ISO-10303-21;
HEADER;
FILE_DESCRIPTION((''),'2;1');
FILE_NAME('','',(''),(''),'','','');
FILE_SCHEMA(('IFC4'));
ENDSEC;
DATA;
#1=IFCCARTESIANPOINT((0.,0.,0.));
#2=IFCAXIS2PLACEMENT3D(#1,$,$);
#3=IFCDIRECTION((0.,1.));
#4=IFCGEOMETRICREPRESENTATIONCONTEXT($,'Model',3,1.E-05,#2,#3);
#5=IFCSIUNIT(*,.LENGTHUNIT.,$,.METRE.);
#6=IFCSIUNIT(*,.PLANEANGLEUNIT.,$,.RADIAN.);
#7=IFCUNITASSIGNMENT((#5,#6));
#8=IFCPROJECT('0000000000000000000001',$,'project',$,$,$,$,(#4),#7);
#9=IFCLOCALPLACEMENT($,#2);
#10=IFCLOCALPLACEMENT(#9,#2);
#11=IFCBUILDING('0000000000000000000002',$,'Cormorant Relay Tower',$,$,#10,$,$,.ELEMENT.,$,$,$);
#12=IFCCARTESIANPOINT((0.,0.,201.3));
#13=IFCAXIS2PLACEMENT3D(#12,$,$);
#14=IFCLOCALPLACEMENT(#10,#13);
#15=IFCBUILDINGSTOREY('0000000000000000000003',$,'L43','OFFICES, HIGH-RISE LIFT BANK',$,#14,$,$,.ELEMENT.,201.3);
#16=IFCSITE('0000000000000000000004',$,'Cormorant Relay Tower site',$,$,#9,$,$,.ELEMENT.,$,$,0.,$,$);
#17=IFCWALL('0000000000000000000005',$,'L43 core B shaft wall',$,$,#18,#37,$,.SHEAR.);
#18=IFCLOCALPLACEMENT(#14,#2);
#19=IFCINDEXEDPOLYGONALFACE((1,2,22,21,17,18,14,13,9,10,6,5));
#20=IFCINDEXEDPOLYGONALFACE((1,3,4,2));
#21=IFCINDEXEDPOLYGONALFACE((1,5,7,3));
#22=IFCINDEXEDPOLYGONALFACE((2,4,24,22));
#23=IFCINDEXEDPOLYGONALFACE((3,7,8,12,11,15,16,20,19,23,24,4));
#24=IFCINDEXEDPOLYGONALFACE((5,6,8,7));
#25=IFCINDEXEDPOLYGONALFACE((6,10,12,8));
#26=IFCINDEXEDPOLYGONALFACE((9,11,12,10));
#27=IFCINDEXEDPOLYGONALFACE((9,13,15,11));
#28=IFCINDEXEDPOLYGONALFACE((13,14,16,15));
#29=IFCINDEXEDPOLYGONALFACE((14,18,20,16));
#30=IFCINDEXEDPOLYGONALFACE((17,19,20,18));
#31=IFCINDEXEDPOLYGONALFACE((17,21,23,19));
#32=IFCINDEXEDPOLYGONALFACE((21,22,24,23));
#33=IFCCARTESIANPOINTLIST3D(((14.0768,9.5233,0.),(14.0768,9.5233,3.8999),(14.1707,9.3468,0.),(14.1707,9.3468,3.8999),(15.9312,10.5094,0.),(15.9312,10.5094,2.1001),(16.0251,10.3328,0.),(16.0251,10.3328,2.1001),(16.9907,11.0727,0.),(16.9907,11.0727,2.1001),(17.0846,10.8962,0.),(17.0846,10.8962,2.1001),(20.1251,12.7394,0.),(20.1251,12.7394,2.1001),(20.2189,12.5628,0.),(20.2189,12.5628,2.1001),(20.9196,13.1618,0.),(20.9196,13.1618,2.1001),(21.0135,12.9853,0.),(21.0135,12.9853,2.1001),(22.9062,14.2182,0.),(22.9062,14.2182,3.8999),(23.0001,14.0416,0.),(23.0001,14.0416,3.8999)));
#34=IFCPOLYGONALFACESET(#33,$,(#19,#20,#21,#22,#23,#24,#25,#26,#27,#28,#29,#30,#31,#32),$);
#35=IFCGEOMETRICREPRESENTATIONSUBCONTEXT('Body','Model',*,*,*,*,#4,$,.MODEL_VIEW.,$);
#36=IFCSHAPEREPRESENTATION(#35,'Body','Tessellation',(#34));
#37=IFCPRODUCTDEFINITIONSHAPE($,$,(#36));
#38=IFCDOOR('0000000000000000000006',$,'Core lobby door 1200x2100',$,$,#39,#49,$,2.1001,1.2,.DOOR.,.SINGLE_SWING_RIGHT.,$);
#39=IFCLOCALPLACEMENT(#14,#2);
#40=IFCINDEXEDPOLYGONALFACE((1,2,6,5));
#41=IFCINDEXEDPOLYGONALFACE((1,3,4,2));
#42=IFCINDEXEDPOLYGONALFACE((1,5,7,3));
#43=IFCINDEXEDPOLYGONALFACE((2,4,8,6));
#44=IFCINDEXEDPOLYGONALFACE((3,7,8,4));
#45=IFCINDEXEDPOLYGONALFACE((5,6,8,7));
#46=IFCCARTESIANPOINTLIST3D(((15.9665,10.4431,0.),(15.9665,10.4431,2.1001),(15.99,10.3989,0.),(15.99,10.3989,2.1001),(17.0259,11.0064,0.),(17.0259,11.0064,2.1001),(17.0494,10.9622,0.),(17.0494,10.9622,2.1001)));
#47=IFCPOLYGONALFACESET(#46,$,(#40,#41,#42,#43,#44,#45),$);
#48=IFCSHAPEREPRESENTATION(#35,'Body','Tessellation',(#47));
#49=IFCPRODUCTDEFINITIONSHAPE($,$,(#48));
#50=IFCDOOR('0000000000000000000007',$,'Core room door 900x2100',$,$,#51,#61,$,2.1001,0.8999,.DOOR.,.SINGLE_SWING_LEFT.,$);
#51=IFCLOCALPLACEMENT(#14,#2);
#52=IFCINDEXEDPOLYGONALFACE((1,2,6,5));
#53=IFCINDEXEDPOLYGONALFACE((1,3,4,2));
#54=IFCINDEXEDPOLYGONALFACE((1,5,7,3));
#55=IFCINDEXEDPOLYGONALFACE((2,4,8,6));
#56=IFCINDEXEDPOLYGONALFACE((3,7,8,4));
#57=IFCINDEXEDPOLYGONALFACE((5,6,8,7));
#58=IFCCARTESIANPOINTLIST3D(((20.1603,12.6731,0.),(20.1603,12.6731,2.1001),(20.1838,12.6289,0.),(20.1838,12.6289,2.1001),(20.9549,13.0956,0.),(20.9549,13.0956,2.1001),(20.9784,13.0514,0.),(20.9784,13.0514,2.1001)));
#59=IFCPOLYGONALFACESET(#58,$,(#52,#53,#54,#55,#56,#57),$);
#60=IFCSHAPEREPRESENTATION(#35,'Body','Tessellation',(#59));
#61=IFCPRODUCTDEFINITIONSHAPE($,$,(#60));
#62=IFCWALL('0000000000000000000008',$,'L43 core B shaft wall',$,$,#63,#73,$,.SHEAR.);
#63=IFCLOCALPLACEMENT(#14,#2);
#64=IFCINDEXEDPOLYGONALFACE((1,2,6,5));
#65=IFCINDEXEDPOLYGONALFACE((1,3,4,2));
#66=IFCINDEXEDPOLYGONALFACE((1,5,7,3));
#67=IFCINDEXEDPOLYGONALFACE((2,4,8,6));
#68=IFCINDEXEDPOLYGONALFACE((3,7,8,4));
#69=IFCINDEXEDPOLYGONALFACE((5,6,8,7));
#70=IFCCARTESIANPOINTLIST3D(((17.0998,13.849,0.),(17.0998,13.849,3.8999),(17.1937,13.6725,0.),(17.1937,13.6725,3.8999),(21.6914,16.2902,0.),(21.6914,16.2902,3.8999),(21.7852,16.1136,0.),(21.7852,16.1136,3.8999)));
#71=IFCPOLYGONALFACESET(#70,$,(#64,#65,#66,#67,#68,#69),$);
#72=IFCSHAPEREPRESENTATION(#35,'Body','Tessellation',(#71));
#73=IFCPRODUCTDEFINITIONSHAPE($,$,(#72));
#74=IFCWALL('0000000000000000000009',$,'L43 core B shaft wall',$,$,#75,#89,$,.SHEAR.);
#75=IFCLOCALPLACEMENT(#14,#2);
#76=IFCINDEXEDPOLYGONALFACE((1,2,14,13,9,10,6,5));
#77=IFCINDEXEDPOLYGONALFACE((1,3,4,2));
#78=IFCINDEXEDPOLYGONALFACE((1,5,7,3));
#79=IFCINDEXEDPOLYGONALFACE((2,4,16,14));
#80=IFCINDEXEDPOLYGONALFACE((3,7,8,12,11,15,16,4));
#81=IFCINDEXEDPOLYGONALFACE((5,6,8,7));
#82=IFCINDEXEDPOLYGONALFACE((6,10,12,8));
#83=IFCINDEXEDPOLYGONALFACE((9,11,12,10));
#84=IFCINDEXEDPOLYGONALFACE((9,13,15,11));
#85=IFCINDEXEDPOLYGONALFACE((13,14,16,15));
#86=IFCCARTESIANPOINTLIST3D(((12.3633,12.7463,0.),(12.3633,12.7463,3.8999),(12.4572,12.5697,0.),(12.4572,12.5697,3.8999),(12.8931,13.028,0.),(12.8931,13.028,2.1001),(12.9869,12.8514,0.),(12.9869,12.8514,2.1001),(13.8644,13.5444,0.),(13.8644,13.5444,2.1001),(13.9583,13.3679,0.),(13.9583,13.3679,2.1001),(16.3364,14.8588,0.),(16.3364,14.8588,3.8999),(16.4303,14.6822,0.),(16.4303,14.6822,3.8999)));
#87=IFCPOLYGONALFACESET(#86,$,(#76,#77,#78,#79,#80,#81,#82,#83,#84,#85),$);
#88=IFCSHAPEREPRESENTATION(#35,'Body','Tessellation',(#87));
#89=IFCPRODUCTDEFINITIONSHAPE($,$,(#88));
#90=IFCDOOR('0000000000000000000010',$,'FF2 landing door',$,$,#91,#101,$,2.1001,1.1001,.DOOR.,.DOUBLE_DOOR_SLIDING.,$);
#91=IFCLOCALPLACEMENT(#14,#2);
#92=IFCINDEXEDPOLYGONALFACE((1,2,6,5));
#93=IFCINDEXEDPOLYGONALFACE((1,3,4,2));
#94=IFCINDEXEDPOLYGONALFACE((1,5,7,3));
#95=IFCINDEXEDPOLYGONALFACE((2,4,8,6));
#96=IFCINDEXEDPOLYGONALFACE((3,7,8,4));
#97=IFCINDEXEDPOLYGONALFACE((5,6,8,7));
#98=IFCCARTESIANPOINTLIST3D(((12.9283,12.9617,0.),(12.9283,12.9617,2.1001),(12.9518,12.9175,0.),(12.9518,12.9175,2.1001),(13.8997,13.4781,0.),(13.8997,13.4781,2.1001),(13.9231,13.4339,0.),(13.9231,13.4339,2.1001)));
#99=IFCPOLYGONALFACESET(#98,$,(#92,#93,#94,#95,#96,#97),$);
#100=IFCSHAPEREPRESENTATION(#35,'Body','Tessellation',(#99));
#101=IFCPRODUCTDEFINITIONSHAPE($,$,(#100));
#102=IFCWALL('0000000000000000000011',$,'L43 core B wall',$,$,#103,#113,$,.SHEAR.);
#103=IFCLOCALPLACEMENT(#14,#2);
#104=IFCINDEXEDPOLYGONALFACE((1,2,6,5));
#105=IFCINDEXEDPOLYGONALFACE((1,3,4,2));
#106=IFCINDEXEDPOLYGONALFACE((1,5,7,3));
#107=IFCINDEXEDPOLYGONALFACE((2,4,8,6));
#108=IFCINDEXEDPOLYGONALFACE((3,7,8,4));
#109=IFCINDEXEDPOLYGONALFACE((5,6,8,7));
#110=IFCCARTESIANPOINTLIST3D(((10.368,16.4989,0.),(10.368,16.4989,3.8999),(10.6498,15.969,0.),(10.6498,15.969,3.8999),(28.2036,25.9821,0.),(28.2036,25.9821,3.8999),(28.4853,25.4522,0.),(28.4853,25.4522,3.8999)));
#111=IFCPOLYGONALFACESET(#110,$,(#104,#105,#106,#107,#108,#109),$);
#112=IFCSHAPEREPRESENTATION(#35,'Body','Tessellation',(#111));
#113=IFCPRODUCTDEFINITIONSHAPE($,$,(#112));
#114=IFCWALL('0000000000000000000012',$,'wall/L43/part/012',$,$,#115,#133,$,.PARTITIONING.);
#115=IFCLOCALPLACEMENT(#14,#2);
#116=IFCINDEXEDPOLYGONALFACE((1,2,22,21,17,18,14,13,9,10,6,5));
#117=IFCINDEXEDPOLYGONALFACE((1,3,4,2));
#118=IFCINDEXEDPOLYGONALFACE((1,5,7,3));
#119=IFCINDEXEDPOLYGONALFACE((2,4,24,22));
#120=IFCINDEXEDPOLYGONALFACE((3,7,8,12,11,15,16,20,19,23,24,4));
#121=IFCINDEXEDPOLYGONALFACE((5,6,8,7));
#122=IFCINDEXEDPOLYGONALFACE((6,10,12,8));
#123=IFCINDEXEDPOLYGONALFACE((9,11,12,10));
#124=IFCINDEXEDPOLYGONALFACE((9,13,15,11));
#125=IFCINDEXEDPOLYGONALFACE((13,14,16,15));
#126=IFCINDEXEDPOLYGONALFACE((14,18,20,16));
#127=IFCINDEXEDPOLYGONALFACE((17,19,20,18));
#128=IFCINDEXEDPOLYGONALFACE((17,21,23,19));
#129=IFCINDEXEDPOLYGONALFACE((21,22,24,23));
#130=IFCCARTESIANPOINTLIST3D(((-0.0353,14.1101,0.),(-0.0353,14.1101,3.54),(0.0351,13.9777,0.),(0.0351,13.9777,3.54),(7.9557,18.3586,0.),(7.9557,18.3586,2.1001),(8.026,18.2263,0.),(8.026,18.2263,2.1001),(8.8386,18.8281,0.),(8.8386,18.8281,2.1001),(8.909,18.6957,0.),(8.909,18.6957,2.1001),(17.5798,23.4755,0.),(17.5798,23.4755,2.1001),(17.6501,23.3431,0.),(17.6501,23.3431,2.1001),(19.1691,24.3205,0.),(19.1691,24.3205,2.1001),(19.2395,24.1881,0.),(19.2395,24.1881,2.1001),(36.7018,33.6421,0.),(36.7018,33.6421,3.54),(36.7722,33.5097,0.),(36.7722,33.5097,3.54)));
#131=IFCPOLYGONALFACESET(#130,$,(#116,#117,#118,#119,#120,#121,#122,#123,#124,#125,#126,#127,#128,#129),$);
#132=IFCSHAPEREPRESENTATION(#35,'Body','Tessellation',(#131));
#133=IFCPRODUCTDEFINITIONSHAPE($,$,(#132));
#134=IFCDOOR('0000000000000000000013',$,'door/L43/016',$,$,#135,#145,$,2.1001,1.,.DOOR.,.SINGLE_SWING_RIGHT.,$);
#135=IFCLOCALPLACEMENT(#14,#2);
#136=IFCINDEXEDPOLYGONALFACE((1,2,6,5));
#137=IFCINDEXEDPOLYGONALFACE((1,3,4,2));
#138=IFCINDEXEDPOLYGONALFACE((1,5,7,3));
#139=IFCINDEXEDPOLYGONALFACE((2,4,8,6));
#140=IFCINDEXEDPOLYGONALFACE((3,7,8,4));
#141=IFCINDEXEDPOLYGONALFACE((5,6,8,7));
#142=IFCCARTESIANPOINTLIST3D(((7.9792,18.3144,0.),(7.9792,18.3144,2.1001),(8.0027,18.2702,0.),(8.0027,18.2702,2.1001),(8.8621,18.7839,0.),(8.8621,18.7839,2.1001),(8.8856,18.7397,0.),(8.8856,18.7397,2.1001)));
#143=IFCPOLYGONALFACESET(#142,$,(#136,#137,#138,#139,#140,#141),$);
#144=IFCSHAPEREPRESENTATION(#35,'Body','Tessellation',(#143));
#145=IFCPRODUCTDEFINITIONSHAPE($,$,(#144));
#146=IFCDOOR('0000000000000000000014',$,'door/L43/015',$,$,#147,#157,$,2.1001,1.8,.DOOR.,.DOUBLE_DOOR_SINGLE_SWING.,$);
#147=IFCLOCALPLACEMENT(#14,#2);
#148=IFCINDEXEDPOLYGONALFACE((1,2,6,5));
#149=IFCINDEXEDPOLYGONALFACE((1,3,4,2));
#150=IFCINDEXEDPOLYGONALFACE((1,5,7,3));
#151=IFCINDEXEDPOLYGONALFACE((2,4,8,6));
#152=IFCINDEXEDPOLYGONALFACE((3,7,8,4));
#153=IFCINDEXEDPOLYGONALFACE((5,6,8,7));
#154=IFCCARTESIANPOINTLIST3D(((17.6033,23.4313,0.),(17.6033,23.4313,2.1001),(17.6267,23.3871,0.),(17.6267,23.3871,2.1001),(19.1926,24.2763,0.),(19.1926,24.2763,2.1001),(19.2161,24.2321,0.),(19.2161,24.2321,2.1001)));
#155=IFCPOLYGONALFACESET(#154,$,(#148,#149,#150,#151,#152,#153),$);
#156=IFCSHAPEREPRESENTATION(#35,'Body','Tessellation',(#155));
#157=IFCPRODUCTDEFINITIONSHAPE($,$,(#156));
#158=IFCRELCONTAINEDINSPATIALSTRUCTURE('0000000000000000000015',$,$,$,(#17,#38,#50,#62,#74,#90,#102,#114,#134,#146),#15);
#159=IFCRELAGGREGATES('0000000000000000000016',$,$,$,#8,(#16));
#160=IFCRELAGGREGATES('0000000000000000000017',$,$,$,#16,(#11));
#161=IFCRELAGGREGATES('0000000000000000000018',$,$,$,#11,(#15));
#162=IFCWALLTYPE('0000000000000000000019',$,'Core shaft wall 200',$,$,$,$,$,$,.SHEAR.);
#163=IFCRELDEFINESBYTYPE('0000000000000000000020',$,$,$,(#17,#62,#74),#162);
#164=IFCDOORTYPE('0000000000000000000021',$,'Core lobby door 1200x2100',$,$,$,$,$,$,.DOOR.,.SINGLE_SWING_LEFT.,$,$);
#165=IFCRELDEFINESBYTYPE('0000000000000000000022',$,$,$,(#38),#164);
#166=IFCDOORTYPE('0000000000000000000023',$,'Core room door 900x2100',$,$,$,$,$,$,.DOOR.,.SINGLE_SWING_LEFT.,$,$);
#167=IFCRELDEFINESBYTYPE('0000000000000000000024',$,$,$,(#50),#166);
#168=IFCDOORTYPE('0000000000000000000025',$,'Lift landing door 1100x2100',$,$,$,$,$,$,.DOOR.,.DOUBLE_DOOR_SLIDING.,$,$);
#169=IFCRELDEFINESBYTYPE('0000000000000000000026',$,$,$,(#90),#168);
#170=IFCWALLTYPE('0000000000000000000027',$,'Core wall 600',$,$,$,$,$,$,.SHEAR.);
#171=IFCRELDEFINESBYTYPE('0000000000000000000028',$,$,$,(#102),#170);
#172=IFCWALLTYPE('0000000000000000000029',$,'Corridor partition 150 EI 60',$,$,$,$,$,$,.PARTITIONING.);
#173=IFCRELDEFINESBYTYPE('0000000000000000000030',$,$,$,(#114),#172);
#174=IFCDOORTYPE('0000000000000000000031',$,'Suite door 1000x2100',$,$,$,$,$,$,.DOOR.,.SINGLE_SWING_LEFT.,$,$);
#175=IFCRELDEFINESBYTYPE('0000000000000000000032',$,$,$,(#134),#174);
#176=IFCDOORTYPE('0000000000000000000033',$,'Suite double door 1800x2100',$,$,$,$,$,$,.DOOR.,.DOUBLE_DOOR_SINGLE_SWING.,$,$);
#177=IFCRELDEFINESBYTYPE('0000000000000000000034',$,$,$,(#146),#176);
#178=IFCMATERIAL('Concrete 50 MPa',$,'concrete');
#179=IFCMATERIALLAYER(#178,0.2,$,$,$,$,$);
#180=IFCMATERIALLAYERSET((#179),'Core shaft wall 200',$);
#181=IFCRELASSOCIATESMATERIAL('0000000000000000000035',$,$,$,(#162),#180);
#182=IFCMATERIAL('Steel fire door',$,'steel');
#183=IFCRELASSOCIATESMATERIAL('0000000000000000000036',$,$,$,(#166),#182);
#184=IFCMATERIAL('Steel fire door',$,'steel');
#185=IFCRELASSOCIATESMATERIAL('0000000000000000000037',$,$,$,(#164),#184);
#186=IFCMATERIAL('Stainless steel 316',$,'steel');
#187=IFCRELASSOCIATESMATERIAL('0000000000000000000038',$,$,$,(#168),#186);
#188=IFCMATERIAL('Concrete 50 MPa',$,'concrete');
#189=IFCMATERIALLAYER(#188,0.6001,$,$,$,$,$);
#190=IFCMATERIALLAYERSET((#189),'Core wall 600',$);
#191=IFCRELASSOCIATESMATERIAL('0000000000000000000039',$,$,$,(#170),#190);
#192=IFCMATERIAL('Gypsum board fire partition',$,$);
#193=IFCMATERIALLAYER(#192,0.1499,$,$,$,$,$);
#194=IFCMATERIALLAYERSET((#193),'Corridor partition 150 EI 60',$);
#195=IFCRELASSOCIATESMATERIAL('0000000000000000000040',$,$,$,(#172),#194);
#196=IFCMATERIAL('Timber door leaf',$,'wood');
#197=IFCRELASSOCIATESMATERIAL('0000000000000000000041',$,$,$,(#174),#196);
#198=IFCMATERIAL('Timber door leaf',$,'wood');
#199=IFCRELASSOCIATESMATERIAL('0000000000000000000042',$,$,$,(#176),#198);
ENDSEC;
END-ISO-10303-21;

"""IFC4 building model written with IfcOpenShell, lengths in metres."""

from ifc_helpers import new_model, si_unit, direction, frame, frame_2d, origin, place, context, subcontext, project, spatial, rectangle, extrude, material, layer, layer_set, type_object, element, fill, save


model = new_model("IFC4")

# Units and contexts
model_context = context("Model", 3, precision=1e-05, world=origin(), true_north=direction((0.0, 1.0)))
body_context = subcontext(model_context, "Body", "Model", "MODEL_VIEW")
ifc_project = project(units=[si_unit("LENGTHUNIT", "METRE"), si_unit("PLANEANGLEUNIT", "RADIAN")], contexts=[model_context])

# Site, building, storey
site_placement = place(None, origin())
site = spatial("IfcSite", under=ifc_project, at=site_placement, Name="Cormorant Relay Tower site", CompositionType="ELEMENT", RefElevation=0.0)
building_placement = place(site_placement, origin())
building = spatial("IfcBuilding", under=site, at=building_placement, Name="Cormorant Relay Tower", CompositionType="ELEMENT")
storey_placement = place(building_placement, frame((0.0, 0.0, 201.3)))
storey = spatial("IfcBuildingStorey", under=building, at=storey_placement, Name="L43", Description="OFFICES, HIGH-RISE LIFT BANK", CompositionType="ELEMENT", Elevation=201.3)

# Shared definitions
ifc_material_1 = material(Name="Concrete 50 MPa", Category="concrete")
ifc_layer_1 = layer(ifc_material_1, 0.2)
ifc_layer_set_1 = layer_set([ifc_layer_1], Name="Core shaft wall 200")
wall_type_1 = type_object("IfcWallType", Name="Core shaft wall 200", PredefinedType="SHEAR", material=ifc_layer_set_1)

# Shared definitions
ifc_material_2 = material(Name="Steel fire door", Category="steel")
door_type_1 = type_object("IfcDoorType", Name="Core room door 900x2100", OperationType="SINGLE_SWING_LEFT", PredefinedType="DOOR", material=ifc_material_2)

# Wall, openings, doors
wall_1_placement = place(storey_placement, frame((14.1238, 9.4351, 0.0), z_axis=(0.0, 0.0, 1.0), x_axis=(0.88294, 0.469485, 0.0)))
wall_1 = element("IfcWall", 1, at=wall_1_placement, inside=storey, type_object=wall_type_1, Name="L43 core B shaft wall", PredefinedType="SHEAR", context=body_context, shape_type="SweptSolid", body=[
    extrude(rectangle(XDim=10.0, YDim=0.2, at=frame_2d((5.0, 0.0))), origin(), (0.0, 0.0, 1.0), 3.8999),
])
opening_1_placement = place(wall_1_placement, frame((2.1001, 0.0, 0.0)))
opening_1 = element("IfcOpeningElement", 2, at=opening_1_placement, cuts=wall_1, PredefinedType="OPENING", context=body_context, shape_type="SweptSolid", body=[
    extrude(rectangle(XDim=1.2, YDim=2.1001, at=frame_2d((0.6001, 1.05))), frame((0.0, 0.1099, 0.0), z_axis=(0.0, -1.0, 0.0), x_axis=(1.0, 0.0, 0.0)), (0.0, 0.0, 1.0), 0.22),
])
opening_2_placement = place(wall_1_placement, frame((6.8501, 0.0, 0.0)))
opening_2 = element("IfcOpeningElement", 3, at=opening_2_placement, cuts=wall_1, PredefinedType="OPENING", context=body_context, shape_type="SweptSolid", body=[
    extrude(rectangle(XDim=0.8999, YDim=2.1001, at=frame_2d((0.45, 1.05))), frame((0.0, 0.1099, 0.0), z_axis=(0.0, -1.0, 0.0), x_axis=(1.0, 0.0, 0.0)), (0.0, 0.0, 1.0), 0.22),
])
ifc_material_3 = material(Name="Steel fire door", Category="steel")
door_type_2 = type_object("IfcDoorType", Name="Core lobby door 1200x2100", OperationType="SINGLE_SWING_LEFT", PredefinedType="DOOR", material=ifc_material_3)
door_1_placement = place(opening_1_placement, origin())
door_1 = element("IfcDoor", 4, at=door_1_placement, inside=storey, type_object=door_type_2, Name="Core lobby door 1200x2100", OperationType="SINGLE_SWING_RIGHT", OverallHeight=2.1001, OverallWidth=1.2, PredefinedType="DOOR", context=body_context, shape_type="SweptSolid", body=[
    extrude(rectangle(XDim=1.2, YDim=2.1001, at=frame_2d((0.6001, 1.05))), frame((0.0, 0.0249, 0.0), z_axis=(0.0, -1.0, 0.0), x_axis=(1.0, 0.0, 0.0)), (0.0, 0.0, 1.0), 0.05),
])
fill(opening_1, door_1)
door_2_placement = place(opening_2_placement, origin())
door_2 = element("IfcDoor", 5, at=door_2_placement, inside=storey, type_object=door_type_1, Name="Core room door 900x2100", OperationType="SINGLE_SWING_LEFT", OverallHeight=2.1001, OverallWidth=0.8999, PredefinedType="DOOR", context=body_context, shape_type="SweptSolid", body=[
    extrude(rectangle(XDim=0.8999, YDim=2.1001, at=frame_2d((0.45, 1.05))), frame((0.0, 0.0249, 0.0), z_axis=(0.0, -1.0, 0.0), x_axis=(1.0, 0.0, 0.0)), (0.0, 0.0, 1.0), 0.05),
])
fill(opening_2, door_2)

# Wall
wall_2_placement = place(storey_placement, frame((17.1467, 13.7607, 0.0), z_axis=(0.0, 0.0, 1.0), x_axis=(0.882964, 0.46944, 0.0)))
element("IfcWall", 6, at=wall_2_placement, inside=storey, type_object=wall_type_1, Name="L43 core B shaft wall", PredefinedType="SHEAR", context=body_context, shape_type="SweptSolid", body=[
    extrude(rectangle(XDim=5.2002, YDim=0.2, at=frame_2d((2.6001, 0.0))), origin(), (0.0, 0.0, 1.0), 3.8999),
])

# Wall, opening, door
wall_3_placement = place(storey_placement, frame((12.4102, 12.658, 0.0), z_axis=(0.0, 0.0, 1.0), x_axis=(0.882948, 0.46947, 0.0)))
wall_3 = element("IfcWall", 7, at=wall_3_placement, inside=storey, type_object=wall_type_1, Name="L43 core B shaft wall", PredefinedType="SHEAR", context=body_context, shape_type="SweptSolid", body=[
    extrude(rectangle(XDim=4.4998, YDim=0.2, at=frame_2d((2.25, 0.0))), origin(), (0.0, 0.0, 1.0), 3.8999),
])
opening_3_placement = place(wall_3_placement, frame((0.6001, 0.0, 0.0)))
opening_3 = element("IfcOpeningElement", 8, at=opening_3_placement, cuts=wall_3, PredefinedType="OPENING", context=body_context, shape_type="SweptSolid", body=[
    extrude(rectangle(XDim=1.1001, YDim=2.1001, at=frame_2d((0.55, 1.05))), frame((0.0, 0.1099, 0.0), z_axis=(0.0, -1.0, 0.0), x_axis=(1.0, 0.0, 0.0)), (0.0, 0.0, 1.0), 0.22),
])
ifc_material_4 = material(Name="Stainless steel 316", Category="steel")
door_type_3 = type_object("IfcDoorType", Name="Lift landing door 1100x2100", OperationType="DOUBLE_DOOR_SLIDING", PredefinedType="DOOR", material=ifc_material_4)
door_3_placement = place(opening_3_placement, origin())
door_3 = element("IfcDoor", 9, at=door_3_placement, inside=storey, type_object=door_type_3, Name="FF2 landing door", OperationType="DOUBLE_DOOR_SLIDING", OverallHeight=2.1001, OverallWidth=1.1001, PredefinedType="DOOR", context=body_context, shape_type="SweptSolid", body=[
    extrude(rectangle(XDim=1.1001, YDim=2.1001, at=frame_2d((0.55, 1.05))), frame((0.0, 0.0249, 0.0), z_axis=(0.0, -1.0, 0.0), x_axis=(1.0, 0.0, 0.0)), (0.0, 0.0, 1.0), 0.05),
])
fill(opening_3, door_3)

# Wall
ifc_material_5 = material(Name="Concrete 50 MPa", Category="concrete")
ifc_layer_2 = layer(ifc_material_5, 0.6001)
ifc_layer_set_2 = layer_set([ifc_layer_2], Name="Core wall 600")
wall_type_2 = type_object("IfcWallType", Name="Core wall 600", PredefinedType="SHEAR", material=ifc_layer_set_2)
wall_4_placement = place(storey_placement, frame((10.5088, 16.2339, 0.0), z_axis=(0.0, 0.0, 1.0), x_axis=(0.88295, 0.469467, 0.0)))
element("IfcWall", 10, at=wall_4_placement, inside=storey, type_object=wall_type_2, Name="L43 core B wall", PredefinedType="SHEAR", context=body_context, shape_type="SweptSolid", body=[
    extrude(rectangle(XDim=20.2, YDim=0.6001, at=frame_2d((10.1001, 0.0))), origin(), (0.0, 0.0, 1.0), 3.8999),
])

# Wall, openings, doors
ifc_material_6 = material(Name="Gypsum board fire partition")
ifc_layer_3 = layer(ifc_material_6, 0.1499)
ifc_layer_set_3 = layer_set([ifc_layer_3], Name="Corridor partition 150 EI 60")
wall_type_3 = type_object("IfcWallType", Name="Corridor partition 150 EI 60", PredefinedType="PARTITIONING", material=ifc_layer_set_3)
wall_5_placement = place(storey_placement, frame((0.0, 14.0439, 0.0), z_axis=(0.0, 0.0, 1.0), x_axis=(0.882962, 0.469444, 0.0)))
wall_5 = element("IfcWall", 11, at=wall_5_placement, inside=storey, type_object=wall_type_3, Name="wall/L43/part/012", PredefinedType="PARTITIONING", context=body_context, shape_type="SweptSolid", body=[
    extrude(rectangle(XDim=41.6067, YDim=0.1499, at=frame_2d((20.8032, 0.0))), origin(), (0.0, 0.0, 1.0), 3.54),
])
opening_4_placement = place(wall_5_placement, frame((19.95, 0.0, 0.0)))
opening_4 = element("IfcOpeningElement", 12, at=opening_4_placement, cuts=wall_5, PredefinedType="OPENING", context=body_context, shape_type="SweptSolid", body=[
    extrude(rectangle(XDim=1.8, YDim=2.1001, at=frame_2d((0.8999, 1.05))), frame((0.0, 0.085, 0.0), z_axis=(0.0, -1.0, 0.0), x_axis=(1.0, 0.0, 0.0)), (0.0, 0.0, 1.0), 0.1699),
])
opening_5_placement = place(wall_5_placement, frame((9.05, 0.0, 0.0)))
opening_5 = element("IfcOpeningElement", 13, at=opening_5_placement, cuts=wall_5, PredefinedType="OPENING", context=body_context, shape_type="SweptSolid", body=[
    extrude(rectangle(XDim=1.0, YDim=2.1001, at=frame_2d((0.5, 1.05))), frame((0.0, 0.085, 0.0), z_axis=(0.0, -1.0, 0.0), x_axis=(1.0, 0.0, 0.0)), (0.0, 0.0, 1.0), 0.1699),
])
ifc_material_7 = material(Name="Timber door leaf", Category="wood")
door_type_4 = type_object("IfcDoorType", Name="Suite door 1000x2100", OperationType="SINGLE_SWING_LEFT", PredefinedType="DOOR", material=ifc_material_7)
door_4_placement = place(opening_5_placement, origin())
door_4 = element("IfcDoor", 14, at=door_4_placement, inside=storey, type_object=door_type_4, Name="door/L43/016", OperationType="SINGLE_SWING_RIGHT", OverallHeight=2.1001, OverallWidth=1.0, PredefinedType="DOOR", context=body_context, shape_type="SweptSolid", body=[
    extrude(rectangle(XDim=1.0, YDim=2.1001, at=frame_2d((0.5, 1.05))), frame((0.0, 0.0249, 0.0), z_axis=(0.0, -1.0, 0.0), x_axis=(1.0, 0.0, 0.0)), (0.0, 0.0, 1.0), 0.05),
])
fill(opening_5, door_4)
ifc_material_8 = material(Name="Timber door leaf", Category="wood")
door_type_5 = type_object("IfcDoorType", Name="Suite double door 1800x2100", OperationType="DOUBLE_DOOR_SINGLE_SWING", PredefinedType="DOOR", material=ifc_material_8)
door_5_placement = place(opening_4_placement, origin())
door_5 = element("IfcDoor", 15, at=door_5_placement, inside=storey, type_object=door_type_5, Name="door/L43/015", OperationType="DOUBLE_DOOR_SINGLE_SWING", OverallHeight=2.1001, OverallWidth=1.8, PredefinedType="DOOR", context=body_context, shape_type="SweptSolid", body=[
    extrude(rectangle(XDim=1.8, YDim=2.1001, at=frame_2d((0.8999, 1.05))), frame((0.0, 0.0249, 0.0), z_axis=(0.0, -1.0, 0.0), x_axis=(1.0, 0.0, 0.0)), (0.0, 0.0, 1.0), 0.05),
])
fill(opening_4, door_5)

save(model, "model.ifc")
